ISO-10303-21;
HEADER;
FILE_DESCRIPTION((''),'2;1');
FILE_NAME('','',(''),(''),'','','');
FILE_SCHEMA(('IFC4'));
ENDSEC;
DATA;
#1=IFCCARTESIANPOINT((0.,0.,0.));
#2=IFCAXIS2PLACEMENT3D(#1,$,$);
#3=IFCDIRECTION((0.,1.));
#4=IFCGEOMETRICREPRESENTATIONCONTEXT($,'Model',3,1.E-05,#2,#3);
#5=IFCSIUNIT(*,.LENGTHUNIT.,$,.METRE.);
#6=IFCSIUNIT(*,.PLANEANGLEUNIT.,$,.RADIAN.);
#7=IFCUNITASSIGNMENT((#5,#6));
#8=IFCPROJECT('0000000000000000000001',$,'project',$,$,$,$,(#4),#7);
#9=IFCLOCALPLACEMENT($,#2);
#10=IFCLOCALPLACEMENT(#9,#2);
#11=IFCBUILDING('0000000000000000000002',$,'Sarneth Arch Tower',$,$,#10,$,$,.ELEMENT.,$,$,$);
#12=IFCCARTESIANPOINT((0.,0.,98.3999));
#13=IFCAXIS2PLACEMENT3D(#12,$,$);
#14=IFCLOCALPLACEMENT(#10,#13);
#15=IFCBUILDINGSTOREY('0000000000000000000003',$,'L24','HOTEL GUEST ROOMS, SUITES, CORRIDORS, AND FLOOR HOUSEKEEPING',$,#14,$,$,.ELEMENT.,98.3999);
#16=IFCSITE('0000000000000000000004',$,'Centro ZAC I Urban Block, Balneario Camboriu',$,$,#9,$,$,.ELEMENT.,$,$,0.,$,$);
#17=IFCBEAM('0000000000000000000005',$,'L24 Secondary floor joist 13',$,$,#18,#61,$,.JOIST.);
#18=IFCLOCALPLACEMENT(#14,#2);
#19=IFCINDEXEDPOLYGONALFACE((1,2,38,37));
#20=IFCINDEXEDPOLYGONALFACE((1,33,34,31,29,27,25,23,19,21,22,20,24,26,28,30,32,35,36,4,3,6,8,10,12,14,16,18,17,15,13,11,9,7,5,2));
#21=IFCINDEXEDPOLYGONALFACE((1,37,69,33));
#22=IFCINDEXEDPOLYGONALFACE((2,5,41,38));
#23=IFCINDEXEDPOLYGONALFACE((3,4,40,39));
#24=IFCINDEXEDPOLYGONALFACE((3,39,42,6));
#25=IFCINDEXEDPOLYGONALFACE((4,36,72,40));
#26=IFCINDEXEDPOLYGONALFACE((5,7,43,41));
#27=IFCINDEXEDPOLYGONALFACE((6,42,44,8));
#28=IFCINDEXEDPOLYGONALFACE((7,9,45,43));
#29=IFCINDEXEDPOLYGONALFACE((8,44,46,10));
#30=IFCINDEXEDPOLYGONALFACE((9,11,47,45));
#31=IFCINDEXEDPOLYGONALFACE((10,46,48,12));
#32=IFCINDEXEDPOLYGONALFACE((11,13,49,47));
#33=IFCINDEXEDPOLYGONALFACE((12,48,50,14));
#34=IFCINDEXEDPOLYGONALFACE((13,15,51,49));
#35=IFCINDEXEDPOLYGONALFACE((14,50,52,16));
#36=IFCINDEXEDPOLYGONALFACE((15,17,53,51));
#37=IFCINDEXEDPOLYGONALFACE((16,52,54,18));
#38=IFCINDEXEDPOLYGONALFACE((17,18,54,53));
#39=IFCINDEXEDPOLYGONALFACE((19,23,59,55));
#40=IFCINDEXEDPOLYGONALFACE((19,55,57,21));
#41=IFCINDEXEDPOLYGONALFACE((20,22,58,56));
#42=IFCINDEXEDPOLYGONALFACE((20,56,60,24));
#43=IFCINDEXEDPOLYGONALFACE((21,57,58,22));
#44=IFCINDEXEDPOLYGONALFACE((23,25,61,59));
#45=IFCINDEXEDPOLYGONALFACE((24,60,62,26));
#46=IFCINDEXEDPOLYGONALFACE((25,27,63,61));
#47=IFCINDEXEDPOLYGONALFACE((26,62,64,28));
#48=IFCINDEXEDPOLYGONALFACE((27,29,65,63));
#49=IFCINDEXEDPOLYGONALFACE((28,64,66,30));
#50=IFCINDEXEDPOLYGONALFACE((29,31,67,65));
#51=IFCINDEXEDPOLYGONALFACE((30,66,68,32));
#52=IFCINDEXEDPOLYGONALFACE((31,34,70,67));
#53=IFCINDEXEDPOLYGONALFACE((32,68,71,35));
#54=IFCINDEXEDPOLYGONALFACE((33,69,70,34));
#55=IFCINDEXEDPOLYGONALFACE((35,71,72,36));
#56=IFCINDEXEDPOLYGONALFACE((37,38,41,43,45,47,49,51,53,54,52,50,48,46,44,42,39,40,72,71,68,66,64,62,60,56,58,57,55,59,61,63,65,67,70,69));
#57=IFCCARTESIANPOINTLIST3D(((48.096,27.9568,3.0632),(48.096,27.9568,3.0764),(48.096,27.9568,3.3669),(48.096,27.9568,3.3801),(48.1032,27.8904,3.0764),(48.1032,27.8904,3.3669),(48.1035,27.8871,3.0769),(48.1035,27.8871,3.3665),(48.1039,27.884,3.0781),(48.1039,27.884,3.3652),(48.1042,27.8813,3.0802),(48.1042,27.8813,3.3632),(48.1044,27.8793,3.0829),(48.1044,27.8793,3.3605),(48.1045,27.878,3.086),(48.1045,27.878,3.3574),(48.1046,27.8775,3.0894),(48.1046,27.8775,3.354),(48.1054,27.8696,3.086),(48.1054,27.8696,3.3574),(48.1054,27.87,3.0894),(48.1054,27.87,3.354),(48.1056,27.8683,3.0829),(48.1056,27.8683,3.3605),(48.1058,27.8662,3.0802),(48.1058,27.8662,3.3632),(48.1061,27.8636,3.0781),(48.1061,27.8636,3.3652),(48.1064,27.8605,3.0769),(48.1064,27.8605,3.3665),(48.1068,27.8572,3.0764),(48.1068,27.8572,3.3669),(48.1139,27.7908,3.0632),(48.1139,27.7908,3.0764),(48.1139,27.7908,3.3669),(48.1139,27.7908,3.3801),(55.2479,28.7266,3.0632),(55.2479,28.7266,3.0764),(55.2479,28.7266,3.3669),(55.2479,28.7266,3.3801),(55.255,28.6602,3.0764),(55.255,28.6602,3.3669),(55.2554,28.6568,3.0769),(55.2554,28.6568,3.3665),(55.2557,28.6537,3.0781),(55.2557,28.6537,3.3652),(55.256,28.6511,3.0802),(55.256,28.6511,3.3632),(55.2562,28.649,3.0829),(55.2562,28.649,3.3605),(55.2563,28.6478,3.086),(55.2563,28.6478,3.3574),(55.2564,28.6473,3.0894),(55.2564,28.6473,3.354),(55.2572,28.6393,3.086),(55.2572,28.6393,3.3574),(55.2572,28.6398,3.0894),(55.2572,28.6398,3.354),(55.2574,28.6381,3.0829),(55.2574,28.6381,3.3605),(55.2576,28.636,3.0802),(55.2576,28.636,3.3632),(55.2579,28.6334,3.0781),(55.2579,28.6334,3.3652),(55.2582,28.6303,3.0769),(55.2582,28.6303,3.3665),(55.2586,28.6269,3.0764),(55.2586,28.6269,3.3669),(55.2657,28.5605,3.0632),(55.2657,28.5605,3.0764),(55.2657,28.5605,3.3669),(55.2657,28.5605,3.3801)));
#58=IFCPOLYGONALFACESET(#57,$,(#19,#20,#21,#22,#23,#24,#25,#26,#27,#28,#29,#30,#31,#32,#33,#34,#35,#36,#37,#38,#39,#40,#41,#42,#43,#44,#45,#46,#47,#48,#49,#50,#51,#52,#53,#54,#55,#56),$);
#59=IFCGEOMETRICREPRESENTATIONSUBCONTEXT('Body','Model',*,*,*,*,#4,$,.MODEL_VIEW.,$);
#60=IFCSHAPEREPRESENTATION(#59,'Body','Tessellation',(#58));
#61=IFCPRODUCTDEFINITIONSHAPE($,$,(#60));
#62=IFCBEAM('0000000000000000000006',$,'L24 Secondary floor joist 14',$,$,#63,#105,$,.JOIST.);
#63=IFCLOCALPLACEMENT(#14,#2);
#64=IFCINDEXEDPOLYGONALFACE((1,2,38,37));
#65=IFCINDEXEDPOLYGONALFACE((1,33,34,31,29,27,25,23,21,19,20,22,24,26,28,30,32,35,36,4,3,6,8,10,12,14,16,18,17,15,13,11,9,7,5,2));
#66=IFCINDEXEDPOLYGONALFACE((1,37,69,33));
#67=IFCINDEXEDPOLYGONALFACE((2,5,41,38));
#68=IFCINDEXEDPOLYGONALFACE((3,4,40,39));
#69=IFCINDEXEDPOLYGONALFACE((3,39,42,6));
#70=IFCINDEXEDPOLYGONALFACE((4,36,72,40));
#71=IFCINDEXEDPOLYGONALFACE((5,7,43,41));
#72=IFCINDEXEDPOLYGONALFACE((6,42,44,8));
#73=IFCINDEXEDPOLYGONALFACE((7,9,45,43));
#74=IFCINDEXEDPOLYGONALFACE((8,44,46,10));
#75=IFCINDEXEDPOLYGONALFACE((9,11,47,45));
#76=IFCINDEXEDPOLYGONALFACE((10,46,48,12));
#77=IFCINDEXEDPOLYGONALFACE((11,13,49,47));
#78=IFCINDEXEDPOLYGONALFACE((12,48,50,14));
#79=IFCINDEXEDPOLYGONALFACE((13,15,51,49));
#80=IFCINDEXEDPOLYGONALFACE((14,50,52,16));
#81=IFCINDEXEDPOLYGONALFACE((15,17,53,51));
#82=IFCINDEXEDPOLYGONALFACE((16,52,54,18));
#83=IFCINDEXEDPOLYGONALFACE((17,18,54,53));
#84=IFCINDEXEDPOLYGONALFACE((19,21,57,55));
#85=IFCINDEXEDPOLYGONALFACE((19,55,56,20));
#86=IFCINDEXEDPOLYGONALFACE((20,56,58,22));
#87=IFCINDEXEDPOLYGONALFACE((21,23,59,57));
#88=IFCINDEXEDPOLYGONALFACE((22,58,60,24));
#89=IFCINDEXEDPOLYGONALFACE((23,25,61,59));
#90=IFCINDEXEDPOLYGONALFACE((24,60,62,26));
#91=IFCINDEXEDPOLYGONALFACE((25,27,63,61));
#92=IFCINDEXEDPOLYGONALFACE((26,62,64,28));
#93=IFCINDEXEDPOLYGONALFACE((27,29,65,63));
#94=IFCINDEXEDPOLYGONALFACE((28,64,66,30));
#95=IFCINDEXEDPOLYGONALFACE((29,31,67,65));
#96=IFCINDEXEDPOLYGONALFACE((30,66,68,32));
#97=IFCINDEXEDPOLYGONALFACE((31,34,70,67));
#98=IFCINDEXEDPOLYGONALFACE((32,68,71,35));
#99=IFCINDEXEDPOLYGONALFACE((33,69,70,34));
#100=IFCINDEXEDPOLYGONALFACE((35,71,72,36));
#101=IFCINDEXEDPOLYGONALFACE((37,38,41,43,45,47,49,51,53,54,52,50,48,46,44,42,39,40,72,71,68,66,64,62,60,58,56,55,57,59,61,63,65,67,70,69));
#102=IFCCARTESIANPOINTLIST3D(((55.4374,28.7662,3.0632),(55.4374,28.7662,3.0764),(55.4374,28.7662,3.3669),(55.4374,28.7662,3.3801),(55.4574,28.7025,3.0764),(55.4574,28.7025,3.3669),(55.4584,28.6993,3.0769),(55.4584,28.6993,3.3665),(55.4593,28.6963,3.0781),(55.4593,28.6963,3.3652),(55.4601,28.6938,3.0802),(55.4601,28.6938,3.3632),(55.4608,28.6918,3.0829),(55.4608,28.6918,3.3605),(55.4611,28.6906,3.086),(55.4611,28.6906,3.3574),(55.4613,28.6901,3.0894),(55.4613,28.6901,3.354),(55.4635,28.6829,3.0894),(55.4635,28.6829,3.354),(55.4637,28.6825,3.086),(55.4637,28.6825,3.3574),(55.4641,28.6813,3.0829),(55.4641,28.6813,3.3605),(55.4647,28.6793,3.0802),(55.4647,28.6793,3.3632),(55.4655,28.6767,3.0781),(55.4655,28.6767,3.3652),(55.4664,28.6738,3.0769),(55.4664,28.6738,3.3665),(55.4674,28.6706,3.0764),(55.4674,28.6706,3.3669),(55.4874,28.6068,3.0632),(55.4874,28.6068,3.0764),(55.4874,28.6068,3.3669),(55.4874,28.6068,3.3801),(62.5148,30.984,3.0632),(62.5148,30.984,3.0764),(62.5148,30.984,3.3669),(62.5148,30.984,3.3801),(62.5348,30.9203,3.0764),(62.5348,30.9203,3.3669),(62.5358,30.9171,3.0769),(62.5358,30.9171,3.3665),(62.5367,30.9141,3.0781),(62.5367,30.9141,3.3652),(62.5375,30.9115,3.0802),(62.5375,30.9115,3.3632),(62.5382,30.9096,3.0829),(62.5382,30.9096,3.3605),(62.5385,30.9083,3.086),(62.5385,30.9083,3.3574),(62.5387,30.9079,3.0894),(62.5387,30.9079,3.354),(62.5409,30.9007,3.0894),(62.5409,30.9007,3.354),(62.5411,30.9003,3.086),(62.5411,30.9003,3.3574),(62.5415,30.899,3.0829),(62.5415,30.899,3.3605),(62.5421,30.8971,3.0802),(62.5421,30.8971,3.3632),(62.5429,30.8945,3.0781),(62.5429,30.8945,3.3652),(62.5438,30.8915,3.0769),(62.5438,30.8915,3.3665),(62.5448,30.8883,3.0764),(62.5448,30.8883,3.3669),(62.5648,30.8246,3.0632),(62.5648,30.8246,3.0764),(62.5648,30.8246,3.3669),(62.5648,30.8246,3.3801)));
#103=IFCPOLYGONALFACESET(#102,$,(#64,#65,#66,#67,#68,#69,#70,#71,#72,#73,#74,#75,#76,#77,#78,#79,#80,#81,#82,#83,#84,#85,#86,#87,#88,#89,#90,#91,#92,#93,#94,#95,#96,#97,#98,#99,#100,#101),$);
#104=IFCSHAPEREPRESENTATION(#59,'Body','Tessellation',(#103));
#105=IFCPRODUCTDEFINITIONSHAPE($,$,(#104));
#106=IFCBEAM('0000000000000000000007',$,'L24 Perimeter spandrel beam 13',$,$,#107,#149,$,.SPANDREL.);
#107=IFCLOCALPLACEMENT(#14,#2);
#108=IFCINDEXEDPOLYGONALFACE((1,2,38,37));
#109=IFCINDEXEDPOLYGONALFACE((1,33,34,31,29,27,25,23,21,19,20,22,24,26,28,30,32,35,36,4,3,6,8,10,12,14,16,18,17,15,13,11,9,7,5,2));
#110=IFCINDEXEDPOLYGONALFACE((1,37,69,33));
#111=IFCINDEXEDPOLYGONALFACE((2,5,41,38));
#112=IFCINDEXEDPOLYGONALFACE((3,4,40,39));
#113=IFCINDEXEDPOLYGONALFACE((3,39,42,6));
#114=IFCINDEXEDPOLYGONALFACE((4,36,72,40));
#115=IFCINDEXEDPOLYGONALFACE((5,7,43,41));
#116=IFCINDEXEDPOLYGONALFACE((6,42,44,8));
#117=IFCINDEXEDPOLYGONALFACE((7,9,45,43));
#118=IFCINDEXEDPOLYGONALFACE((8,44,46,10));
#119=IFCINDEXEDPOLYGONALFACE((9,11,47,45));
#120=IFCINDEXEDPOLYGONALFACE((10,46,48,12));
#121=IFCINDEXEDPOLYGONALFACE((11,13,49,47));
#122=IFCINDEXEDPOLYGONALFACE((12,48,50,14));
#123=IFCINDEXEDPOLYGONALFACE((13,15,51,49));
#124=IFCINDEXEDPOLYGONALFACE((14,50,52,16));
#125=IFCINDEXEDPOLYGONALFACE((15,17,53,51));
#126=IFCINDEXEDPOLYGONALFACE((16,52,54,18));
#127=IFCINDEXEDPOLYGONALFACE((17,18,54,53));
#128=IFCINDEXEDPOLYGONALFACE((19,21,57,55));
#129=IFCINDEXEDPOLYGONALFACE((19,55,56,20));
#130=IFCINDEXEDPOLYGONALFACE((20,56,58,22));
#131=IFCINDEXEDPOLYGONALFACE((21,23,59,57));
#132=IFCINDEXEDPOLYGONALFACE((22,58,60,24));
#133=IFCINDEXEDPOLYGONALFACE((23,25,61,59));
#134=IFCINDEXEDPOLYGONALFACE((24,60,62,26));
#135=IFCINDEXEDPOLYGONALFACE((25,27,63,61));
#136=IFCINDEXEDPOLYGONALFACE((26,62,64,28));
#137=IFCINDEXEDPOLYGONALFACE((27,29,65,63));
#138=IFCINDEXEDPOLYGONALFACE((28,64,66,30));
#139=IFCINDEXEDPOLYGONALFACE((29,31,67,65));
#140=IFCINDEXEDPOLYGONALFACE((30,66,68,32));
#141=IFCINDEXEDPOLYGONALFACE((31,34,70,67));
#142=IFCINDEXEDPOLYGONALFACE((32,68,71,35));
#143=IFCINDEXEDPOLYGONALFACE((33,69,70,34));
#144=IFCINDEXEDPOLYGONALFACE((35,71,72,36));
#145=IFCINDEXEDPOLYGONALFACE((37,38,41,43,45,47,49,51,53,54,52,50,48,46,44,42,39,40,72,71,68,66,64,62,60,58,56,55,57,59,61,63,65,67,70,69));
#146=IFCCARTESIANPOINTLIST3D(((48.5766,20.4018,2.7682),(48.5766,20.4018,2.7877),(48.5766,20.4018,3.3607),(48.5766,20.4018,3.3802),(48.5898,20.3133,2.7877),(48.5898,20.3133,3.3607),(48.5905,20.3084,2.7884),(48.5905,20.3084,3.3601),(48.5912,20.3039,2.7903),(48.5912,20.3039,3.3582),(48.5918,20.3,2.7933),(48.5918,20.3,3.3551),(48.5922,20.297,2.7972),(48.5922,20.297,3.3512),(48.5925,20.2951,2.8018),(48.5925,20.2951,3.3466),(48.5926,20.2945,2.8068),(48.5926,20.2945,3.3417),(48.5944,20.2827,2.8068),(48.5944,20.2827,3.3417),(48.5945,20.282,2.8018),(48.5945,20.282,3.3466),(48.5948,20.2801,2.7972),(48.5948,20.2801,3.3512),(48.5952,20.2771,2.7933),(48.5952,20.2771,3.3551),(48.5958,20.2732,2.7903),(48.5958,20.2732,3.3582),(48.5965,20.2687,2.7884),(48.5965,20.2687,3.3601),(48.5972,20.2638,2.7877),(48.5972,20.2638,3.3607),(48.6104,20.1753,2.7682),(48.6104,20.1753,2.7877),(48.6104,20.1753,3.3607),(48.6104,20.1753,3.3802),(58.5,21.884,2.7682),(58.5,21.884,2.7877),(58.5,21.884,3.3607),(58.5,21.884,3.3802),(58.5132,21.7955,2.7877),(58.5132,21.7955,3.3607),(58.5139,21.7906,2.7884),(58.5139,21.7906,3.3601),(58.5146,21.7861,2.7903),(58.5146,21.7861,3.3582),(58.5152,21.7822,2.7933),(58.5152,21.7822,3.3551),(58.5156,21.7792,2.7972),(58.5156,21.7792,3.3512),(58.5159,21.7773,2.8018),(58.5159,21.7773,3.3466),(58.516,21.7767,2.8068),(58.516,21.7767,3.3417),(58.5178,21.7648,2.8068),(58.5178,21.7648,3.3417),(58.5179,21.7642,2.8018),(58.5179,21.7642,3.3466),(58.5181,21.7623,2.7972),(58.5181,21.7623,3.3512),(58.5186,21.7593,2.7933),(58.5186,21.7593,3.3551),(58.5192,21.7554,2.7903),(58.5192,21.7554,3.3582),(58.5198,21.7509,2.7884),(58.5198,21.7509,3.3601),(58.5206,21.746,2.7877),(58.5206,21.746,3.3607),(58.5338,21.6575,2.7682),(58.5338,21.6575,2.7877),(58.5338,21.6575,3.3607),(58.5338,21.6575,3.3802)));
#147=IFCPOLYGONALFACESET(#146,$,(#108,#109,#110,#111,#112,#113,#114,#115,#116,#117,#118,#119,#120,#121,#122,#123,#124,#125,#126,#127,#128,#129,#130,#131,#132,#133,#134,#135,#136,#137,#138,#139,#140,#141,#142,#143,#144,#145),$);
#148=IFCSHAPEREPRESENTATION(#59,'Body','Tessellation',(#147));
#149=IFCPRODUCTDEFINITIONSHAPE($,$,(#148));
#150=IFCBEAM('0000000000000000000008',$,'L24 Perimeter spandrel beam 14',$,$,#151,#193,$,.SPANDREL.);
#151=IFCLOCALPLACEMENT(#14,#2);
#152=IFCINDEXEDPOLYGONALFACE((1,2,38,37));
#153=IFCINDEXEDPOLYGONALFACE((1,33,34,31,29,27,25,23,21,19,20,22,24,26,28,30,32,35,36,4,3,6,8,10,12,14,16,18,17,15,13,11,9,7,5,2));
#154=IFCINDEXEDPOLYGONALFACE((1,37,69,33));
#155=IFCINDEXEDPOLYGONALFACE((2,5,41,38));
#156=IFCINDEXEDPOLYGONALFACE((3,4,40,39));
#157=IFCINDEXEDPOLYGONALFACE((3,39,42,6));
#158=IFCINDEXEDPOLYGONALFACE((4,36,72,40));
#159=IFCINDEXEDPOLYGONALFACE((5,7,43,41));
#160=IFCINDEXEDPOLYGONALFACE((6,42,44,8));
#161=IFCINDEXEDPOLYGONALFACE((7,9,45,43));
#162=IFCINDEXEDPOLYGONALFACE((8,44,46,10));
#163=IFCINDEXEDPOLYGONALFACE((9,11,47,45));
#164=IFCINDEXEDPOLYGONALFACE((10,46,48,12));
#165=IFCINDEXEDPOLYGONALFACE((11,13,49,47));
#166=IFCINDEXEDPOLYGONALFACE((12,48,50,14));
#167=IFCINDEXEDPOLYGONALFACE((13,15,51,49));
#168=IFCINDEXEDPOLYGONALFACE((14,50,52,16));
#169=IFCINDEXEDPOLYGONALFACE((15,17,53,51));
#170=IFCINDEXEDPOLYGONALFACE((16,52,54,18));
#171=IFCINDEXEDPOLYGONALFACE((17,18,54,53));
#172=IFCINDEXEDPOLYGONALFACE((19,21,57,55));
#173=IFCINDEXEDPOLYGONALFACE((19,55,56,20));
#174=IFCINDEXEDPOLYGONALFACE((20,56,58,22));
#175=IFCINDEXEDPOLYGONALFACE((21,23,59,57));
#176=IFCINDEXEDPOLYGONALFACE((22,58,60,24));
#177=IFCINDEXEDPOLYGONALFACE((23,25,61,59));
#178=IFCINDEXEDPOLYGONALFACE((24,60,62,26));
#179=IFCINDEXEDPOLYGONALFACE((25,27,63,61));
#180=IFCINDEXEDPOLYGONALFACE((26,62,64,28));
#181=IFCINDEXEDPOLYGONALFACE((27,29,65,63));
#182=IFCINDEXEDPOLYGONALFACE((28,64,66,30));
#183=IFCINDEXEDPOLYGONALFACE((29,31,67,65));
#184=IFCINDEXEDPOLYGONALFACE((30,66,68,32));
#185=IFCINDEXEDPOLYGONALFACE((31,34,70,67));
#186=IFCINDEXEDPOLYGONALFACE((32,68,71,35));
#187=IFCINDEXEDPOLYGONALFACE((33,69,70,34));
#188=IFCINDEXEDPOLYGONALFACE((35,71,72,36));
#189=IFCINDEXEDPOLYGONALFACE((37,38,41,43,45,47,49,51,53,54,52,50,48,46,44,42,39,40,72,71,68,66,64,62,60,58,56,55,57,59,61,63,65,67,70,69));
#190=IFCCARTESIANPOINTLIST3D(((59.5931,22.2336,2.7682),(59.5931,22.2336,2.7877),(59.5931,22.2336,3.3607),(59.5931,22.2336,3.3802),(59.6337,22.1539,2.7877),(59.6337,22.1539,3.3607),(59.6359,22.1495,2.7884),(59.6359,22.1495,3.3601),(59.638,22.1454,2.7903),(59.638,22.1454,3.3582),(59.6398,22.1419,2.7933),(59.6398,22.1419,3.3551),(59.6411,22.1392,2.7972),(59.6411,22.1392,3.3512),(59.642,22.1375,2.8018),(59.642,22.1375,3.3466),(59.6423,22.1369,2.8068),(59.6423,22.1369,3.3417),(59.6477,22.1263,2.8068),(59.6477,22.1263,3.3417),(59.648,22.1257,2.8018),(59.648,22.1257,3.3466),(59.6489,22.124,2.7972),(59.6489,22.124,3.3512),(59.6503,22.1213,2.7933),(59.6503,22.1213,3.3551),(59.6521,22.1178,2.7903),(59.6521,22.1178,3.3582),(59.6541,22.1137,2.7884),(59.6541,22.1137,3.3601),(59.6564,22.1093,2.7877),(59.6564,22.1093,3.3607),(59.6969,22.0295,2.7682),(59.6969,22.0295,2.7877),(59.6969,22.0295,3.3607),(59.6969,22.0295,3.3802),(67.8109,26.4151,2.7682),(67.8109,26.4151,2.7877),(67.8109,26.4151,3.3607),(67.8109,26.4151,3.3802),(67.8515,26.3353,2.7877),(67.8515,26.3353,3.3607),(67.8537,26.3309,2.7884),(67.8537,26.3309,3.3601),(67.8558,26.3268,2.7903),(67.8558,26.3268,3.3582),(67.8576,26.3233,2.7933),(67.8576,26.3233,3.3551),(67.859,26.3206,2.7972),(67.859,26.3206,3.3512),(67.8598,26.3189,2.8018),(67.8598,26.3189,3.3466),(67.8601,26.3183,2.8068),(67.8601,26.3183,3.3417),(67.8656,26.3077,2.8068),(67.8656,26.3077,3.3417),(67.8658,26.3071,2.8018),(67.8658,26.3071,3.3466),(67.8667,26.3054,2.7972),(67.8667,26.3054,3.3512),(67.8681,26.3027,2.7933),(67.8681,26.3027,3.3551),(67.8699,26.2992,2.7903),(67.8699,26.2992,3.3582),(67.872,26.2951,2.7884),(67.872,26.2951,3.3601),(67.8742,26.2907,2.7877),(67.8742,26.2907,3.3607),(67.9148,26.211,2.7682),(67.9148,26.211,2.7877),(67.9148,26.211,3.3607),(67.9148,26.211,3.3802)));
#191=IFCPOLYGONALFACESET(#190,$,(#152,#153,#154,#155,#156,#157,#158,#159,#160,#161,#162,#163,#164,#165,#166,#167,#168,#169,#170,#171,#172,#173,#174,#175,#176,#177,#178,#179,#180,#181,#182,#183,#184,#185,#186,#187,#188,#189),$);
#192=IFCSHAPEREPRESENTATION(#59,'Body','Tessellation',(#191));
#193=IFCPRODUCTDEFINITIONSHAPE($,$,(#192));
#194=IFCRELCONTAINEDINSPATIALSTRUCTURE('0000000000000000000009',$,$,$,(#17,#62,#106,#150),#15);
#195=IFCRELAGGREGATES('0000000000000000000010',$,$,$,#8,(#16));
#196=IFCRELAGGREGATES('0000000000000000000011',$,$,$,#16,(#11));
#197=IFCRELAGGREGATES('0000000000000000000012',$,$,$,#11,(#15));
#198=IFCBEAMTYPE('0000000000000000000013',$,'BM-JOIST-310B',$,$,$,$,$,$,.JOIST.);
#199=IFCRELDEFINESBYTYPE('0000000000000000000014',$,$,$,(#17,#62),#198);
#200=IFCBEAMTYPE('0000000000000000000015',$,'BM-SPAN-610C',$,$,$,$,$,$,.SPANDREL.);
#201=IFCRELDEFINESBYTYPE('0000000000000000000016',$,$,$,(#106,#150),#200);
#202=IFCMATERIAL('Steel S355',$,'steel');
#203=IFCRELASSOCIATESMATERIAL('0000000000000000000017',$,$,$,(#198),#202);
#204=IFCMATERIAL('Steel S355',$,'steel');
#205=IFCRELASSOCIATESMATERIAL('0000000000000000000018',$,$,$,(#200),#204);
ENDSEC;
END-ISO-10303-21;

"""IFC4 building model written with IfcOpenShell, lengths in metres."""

from ifc_helpers import new_model, si_unit, direction, frame, origin, origin_2d, place, context, subcontext, project, spatial, i_section, extrude, material, material_profile, profile_set, type_object, element, save


model = new_model("IFC4")

# Units and contexts
model_context = context("Model", 3, precision=1e-05, world=origin(), true_north=direction((0.0, 1.0)))
body_context = subcontext(model_context, "Body", "Model", "MODEL_VIEW")
ifc_project = project(units=[si_unit("LENGTHUNIT", "METRE"), si_unit("PLANEANGLEUNIT", "RADIAN")], contexts=[model_context])

# Site, building, storey
site_placement = place(None, origin())
site = spatial("IfcSite", under=ifc_project, at=site_placement, Name="Centro ZAC I Urban Block, Balneario Camboriu", CompositionType="ELEMENT", RefElevation=0.0)
building_placement = place(site_placement, origin())
building = spatial("IfcBuilding", under=site, at=building_placement, Name="Sarneth Arch Tower", CompositionType="ELEMENT")
storey_placement = place(building_placement, frame((0.0, 0.0, 98.3999)))
storey = spatial("IfcBuildingStorey", under=building, at=storey_placement, Name="L24", Description="HOTEL GUEST ROOMS, SUITES, CORRIDORS, AND FLOOR HOUSEKEEPING", CompositionType="ELEMENT", Elevation=98.3999)

# Beams
ifc_material_1 = material(Name="Steel S355", Category="steel")
ifc_material_profile_1 = material_profile(ifc_material_1, i_section(OverallWidth=0.167, OverallDepth=0.3169, WebThickness=0.0076, FlangeThickness=0.0132, FilletRadius=0.0129, at=origin_2d()), Name="W310x52")
ifc_profile_set_1 = profile_set([ifc_material_profile_1], Name="Steel S355")
beam_type_1 = type_object("IfcBeamType", Name="BM-JOIST-310B", PredefinedType="JOIST", material=ifc_profile_set_1)
beam_1_placement = place(storey_placement, frame((48.105, 27.8738, 3.2217), z_axis=(0.994257, 0.107015, 0.0), x_axis=(-0.107015, 0.994257, 0.0)))
element("IfcBeam", 1, at=beam_1_placement, inside=storey, type_object=beam_type_1, Name="L24 Secondary floor joist 13", PredefinedType="JOIST", context=body_context, shape_type="SweptSolid", body=[
    extrude(i_section(OverallWidth=0.167, OverallDepth=0.3169, WebThickness=0.0076, FlangeThickness=0.0132, FilletRadius=0.0129, at=origin_2d()), origin(), (0.0, 0.0, 1.0), 7.1931),
])
beam_2_placement = place(storey_placement, frame((55.4624, 28.6865, 3.2217), z_axis=(0.954246, 0.299023, 0.0), x_axis=(-0.299023, 0.954246, 0.0)))
element("IfcBeam", 2, at=beam_2_placement, inside=storey, type_object=beam_type_1, Name="L24 Secondary floor joist 14", PredefinedType="JOIST", context=body_context, shape_type="SweptSolid", body=[
    extrude(i_section(OverallWidth=0.167, OverallDepth=0.3169, WebThickness=0.0076, FlangeThickness=0.0132, FilletRadius=0.0129, at=origin_2d()), origin(), (0.0, 0.0, 1.0), 7.4167),
])
ifc_material_2 = material(Name="Steel S355", Category="steel")
ifc_material_profile_2 = material_profile(ifc_material_2, i_section(OverallWidth=0.229, OverallDepth=0.6121, WebThickness=0.012, FlangeThickness=0.0195, FilletRadius=0.019, at=origin_2d()), Name="W610x125")
ifc_profile_set_2 = profile_set([ifc_material_profile_2], Name="Steel S355")
beam_type_2 = type_object("IfcBeamType", Name="BM-SPAN-610C", PredefinedType="SPANDREL", material=ifc_profile_set_2)
beam_3_placement = place(storey_placement, frame((48.5935, 20.2886, 3.0742), z_axis=(0.989029, 0.147724, 0.0), x_axis=(-0.147724, 0.989029, 0.0)))
element("IfcBeam", 3, at=beam_3_placement, inside=storey, type_object=beam_type_2, Name="L24 Perimeter spandrel beam 13", PredefinedType="SPANDREL", context=body_context, shape_type="SweptSolid", body=[
    extrude(i_section(OverallWidth=0.229, OverallDepth=0.6121, WebThickness=0.012, FlangeThickness=0.0195, FilletRadius=0.019, at=origin_2d()), origin(), (0.0, 0.0, 1.0), 10.0334),
])
beam_4_placement = place(storey_placement, frame((59.645, 22.1316, 3.0742), z_axis=(0.891259, 0.453494, 0.0), x_axis=(-0.453494, 0.891259, 0.0)))
element("IfcBeam", 4, at=beam_4_placement, inside=storey, type_object=beam_type_2, Name="L24 Perimeter spandrel beam 14", PredefinedType="SPANDREL", context=body_context, shape_type="SweptSolid", body=[
    extrude(i_section(OverallWidth=0.229, OverallDepth=0.6121, WebThickness=0.012, FlangeThickness=0.0195, FilletRadius=0.019, at=origin_2d()), origin(), (0.0, 0.0, 1.0), 9.2205),
])

save(model, "model.ifc")
